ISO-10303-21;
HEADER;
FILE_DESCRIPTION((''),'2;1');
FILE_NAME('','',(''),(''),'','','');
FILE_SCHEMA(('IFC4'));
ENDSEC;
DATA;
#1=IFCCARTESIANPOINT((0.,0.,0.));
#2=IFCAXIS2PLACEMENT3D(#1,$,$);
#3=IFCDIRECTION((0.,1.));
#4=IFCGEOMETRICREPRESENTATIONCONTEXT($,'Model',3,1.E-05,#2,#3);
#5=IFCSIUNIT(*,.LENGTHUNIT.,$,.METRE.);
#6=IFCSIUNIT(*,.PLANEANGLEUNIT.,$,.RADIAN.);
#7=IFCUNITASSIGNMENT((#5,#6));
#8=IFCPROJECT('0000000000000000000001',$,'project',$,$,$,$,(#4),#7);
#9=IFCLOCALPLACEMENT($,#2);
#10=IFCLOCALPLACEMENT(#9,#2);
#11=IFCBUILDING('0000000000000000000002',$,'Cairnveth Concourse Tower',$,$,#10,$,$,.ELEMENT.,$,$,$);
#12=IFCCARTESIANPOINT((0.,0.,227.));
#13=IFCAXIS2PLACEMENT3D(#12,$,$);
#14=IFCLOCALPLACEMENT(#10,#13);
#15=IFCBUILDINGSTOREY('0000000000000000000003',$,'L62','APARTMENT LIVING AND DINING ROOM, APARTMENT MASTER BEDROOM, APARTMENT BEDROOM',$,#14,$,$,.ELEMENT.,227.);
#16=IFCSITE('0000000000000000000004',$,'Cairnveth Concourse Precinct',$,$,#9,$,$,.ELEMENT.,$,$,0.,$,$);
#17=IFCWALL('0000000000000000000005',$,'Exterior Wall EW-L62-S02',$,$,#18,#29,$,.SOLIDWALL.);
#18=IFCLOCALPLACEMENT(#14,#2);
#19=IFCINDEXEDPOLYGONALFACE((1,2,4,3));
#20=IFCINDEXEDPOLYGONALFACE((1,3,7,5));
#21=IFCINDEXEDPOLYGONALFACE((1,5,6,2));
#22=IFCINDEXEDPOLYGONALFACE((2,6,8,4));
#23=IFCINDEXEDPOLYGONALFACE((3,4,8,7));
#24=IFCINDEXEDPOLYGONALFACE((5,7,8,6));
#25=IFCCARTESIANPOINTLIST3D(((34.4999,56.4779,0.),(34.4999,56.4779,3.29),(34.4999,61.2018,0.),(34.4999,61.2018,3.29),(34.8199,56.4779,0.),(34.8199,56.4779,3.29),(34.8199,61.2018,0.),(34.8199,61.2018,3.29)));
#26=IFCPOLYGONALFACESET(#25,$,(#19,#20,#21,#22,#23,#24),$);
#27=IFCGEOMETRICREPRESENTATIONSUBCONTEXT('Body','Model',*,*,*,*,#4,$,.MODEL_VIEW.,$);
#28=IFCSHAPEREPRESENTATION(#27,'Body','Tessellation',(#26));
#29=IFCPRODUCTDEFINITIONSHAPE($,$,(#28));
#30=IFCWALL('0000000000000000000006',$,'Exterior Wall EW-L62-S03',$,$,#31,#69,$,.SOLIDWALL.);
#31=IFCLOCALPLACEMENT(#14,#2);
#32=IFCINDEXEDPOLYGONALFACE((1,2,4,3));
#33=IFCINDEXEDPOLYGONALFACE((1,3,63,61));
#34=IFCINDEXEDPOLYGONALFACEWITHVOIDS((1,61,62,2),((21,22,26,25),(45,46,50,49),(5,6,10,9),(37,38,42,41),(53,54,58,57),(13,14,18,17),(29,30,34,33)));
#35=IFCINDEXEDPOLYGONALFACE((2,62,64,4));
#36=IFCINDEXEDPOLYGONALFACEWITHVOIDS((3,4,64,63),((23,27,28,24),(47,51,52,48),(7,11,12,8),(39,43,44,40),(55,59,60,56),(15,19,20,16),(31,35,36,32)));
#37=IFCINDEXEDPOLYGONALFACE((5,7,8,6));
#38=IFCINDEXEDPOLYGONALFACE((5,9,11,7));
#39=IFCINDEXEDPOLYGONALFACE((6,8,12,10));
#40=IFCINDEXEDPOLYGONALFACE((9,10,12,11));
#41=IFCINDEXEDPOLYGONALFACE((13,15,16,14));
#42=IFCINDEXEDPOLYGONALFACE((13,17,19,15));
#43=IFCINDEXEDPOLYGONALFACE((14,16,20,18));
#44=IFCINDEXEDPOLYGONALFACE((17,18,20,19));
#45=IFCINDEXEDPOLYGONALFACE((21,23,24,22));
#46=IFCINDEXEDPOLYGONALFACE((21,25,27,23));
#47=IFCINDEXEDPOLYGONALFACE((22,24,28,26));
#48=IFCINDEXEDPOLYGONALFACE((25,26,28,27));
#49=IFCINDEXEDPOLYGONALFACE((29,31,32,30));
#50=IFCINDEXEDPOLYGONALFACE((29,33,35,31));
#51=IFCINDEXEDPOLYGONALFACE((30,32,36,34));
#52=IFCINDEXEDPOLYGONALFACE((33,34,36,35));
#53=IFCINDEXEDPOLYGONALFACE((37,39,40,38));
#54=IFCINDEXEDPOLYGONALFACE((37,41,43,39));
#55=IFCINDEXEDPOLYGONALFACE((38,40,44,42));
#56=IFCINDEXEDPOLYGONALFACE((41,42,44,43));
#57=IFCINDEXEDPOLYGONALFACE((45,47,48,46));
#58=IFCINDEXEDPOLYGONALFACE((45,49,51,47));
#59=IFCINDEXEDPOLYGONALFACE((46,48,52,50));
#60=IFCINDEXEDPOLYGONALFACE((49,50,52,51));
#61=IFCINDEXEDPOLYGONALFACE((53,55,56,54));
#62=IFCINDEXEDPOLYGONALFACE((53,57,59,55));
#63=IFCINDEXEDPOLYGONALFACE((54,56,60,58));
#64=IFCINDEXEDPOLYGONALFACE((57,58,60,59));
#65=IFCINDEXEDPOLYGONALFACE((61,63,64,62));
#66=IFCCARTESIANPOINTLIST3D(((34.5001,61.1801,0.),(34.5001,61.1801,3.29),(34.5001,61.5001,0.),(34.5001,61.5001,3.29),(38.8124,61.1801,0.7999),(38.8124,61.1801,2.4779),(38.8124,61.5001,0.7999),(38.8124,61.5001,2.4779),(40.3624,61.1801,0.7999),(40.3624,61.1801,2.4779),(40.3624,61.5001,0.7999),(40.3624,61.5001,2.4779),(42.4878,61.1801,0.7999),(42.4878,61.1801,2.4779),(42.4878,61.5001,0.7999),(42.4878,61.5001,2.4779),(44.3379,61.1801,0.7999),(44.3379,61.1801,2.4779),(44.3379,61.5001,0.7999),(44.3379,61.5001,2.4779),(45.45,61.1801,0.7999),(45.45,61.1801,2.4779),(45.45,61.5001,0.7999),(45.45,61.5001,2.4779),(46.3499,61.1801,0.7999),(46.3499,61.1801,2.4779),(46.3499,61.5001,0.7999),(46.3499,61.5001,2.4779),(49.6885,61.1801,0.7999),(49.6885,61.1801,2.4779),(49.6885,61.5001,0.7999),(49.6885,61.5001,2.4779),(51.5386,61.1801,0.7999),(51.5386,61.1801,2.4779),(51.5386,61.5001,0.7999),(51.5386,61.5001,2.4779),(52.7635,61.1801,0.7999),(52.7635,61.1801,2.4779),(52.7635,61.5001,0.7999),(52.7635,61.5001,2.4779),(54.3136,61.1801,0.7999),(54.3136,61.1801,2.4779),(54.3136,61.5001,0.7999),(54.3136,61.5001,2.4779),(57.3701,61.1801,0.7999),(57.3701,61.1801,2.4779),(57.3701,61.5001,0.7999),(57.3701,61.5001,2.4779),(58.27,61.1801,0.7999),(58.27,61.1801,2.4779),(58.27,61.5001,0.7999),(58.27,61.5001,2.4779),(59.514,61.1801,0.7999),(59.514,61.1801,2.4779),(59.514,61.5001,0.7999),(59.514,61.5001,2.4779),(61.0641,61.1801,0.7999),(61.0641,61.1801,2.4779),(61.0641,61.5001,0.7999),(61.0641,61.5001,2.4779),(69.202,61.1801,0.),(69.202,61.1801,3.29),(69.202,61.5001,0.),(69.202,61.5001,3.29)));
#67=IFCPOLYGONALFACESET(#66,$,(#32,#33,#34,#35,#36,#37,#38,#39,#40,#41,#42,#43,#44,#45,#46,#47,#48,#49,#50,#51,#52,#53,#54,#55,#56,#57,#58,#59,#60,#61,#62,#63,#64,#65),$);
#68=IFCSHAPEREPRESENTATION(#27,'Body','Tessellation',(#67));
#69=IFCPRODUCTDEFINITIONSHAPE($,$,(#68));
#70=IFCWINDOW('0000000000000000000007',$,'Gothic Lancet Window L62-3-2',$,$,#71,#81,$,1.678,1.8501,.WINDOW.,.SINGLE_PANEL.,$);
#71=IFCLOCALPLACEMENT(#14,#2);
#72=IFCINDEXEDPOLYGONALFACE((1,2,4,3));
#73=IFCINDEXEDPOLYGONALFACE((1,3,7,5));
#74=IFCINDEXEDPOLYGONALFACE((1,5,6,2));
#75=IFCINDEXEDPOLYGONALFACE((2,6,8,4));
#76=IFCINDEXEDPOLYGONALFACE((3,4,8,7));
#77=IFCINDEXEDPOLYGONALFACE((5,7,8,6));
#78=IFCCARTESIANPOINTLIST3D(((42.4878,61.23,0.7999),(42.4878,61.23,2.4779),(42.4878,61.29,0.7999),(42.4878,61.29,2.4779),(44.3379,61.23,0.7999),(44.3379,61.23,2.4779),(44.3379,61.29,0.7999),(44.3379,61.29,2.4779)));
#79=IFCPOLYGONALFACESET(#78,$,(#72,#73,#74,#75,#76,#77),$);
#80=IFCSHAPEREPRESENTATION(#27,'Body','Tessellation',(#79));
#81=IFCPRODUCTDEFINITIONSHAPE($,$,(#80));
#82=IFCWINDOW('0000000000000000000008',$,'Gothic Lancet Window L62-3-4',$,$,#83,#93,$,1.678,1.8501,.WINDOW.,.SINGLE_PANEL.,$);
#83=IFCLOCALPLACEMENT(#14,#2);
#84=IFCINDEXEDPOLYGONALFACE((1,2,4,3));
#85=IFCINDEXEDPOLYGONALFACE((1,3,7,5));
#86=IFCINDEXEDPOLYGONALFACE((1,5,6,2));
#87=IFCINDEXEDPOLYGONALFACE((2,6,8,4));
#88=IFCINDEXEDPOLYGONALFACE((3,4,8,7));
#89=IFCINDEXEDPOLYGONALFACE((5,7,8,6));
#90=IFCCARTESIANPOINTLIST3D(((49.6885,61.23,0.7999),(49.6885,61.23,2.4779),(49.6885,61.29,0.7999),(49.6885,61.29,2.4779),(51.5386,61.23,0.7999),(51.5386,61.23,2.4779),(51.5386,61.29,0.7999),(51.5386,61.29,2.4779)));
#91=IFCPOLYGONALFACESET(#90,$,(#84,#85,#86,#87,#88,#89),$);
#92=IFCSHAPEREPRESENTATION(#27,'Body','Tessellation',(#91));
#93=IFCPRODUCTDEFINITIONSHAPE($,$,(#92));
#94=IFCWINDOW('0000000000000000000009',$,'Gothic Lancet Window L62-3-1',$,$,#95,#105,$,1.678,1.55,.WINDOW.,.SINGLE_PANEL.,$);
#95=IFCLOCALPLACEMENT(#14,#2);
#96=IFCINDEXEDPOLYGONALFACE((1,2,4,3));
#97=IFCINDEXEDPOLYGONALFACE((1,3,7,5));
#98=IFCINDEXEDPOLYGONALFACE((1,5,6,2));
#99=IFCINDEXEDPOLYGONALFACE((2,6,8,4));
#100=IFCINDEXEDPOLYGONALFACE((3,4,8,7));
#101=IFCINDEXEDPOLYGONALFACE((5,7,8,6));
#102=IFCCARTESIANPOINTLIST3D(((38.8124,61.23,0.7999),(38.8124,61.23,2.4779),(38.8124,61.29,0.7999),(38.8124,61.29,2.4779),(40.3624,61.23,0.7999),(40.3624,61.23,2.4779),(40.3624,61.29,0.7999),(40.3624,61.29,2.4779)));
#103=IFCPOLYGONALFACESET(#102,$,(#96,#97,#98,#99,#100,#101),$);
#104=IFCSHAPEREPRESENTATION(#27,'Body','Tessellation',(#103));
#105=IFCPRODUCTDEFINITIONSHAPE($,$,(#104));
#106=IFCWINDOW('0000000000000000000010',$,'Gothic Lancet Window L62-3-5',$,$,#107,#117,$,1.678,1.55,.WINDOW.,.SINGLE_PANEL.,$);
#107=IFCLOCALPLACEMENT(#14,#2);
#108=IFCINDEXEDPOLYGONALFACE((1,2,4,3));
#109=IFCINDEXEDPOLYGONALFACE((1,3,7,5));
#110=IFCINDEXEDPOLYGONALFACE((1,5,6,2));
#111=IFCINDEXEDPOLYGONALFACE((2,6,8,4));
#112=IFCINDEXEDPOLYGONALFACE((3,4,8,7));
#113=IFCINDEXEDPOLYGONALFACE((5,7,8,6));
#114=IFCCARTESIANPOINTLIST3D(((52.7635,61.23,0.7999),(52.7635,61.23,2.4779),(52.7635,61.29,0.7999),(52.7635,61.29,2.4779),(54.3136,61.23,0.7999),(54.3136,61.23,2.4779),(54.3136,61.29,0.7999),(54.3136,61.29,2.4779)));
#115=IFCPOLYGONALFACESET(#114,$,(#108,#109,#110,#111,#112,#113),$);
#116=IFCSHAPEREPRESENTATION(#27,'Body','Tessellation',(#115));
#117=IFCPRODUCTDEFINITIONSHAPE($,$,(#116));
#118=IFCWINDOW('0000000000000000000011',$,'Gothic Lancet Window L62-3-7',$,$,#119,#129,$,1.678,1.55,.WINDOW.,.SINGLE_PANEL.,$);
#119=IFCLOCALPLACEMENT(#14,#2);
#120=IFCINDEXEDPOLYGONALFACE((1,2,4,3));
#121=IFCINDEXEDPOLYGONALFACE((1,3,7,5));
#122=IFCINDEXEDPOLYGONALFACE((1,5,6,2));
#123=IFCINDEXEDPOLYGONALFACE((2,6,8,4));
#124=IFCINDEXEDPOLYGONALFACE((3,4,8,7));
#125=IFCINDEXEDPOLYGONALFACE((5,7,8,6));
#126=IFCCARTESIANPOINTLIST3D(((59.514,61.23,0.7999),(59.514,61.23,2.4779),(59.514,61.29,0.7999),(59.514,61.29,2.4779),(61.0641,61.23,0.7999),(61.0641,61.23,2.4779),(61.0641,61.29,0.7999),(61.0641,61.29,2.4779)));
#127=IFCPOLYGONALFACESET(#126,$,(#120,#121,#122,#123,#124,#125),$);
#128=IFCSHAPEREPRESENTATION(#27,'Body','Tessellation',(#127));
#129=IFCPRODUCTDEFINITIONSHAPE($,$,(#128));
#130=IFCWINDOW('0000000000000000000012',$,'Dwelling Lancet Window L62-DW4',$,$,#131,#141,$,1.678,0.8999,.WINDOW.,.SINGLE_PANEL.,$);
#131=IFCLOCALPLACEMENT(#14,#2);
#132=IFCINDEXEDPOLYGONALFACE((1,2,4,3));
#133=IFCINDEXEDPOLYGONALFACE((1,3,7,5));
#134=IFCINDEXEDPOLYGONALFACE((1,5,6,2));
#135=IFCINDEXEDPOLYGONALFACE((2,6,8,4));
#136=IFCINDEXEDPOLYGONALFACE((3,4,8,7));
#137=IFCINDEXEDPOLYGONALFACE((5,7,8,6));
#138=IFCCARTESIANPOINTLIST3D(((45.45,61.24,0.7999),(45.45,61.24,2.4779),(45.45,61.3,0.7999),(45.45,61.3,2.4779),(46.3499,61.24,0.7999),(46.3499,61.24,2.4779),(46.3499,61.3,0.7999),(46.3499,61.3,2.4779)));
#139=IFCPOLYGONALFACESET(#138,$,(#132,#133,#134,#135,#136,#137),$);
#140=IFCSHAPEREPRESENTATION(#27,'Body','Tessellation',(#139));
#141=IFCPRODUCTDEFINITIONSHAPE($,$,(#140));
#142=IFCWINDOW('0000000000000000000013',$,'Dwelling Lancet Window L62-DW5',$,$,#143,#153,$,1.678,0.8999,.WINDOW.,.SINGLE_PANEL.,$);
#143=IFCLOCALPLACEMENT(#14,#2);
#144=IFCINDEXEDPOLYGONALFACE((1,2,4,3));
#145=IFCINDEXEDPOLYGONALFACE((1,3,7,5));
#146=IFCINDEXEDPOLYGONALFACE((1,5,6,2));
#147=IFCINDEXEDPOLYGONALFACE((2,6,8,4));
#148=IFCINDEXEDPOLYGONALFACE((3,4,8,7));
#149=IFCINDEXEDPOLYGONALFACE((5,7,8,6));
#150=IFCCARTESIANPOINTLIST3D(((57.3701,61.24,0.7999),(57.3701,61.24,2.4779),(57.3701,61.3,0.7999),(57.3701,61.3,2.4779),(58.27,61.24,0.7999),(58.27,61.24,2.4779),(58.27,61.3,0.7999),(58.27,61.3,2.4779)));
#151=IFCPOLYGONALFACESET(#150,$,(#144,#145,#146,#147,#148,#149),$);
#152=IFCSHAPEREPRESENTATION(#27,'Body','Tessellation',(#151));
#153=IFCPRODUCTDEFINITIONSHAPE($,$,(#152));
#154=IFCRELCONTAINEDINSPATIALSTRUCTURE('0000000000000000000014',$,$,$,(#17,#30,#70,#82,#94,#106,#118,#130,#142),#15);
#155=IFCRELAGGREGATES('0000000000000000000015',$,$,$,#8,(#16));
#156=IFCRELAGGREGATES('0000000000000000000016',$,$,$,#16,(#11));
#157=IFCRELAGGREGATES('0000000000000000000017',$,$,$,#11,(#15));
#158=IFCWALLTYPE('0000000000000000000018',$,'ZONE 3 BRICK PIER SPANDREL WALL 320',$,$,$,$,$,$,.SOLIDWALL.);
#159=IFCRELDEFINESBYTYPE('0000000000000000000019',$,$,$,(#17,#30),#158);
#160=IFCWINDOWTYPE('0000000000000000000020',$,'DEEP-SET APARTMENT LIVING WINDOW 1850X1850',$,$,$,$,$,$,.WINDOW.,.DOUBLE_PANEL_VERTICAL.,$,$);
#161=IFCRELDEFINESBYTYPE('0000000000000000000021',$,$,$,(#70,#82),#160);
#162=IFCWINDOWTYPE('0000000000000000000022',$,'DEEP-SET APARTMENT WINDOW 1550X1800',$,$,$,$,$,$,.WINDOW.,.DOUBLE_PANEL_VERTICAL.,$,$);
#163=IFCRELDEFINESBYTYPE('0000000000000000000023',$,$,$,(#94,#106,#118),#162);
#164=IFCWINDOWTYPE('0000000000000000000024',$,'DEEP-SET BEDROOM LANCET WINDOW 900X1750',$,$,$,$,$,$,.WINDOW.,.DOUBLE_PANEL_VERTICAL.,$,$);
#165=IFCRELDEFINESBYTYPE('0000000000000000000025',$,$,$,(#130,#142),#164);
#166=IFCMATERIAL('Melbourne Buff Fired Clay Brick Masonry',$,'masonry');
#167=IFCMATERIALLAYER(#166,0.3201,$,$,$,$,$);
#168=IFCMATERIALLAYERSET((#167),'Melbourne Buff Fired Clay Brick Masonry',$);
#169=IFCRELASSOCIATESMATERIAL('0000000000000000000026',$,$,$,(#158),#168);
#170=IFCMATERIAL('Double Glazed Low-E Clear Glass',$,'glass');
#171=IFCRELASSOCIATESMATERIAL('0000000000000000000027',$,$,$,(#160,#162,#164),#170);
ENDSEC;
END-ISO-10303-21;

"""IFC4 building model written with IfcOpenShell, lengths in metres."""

from ifc_helpers import new_model, si_unit, direction, frame, frame_2d, origin, place, context, subcontext, project, spatial, rectangle, extrude, material, layer, layer_set, type_object, element, fill, save


model = new_model("IFC4")

# Units and contexts
model_context = context("Model", 3, precision=1e-05, world=origin(), true_north=direction((0.0, 1.0)))
body_context = subcontext(model_context, "Body", "Model", "MODEL_VIEW")
ifc_project = project(units=[si_unit("LENGTHUNIT", "METRE"), si_unit("PLANEANGLEUNIT", "RADIAN")], contexts=[model_context])

# Site, building, storey
site_placement = place(None, origin())
site = spatial("IfcSite", under=ifc_project, at=site_placement, Name="Cairnveth Concourse Precinct", CompositionType="ELEMENT", RefElevation=0.0)
building_placement = place(site_placement, origin())
building = spatial("IfcBuilding", under=site, at=building_placement, Name="Cairnveth Concourse Tower", CompositionType="ELEMENT")
storey_placement = place(building_placement, frame((0.0, 0.0, 227.0)))
storey = spatial("IfcBuildingStorey", under=building, at=storey_placement, Name="L62", Description="APARTMENT LIVING AND DINING ROOM, APARTMENT MASTER BEDROOM, APARTMENT BEDROOM", CompositionType="ELEMENT", Elevation=227.0)

# Wall
ifc_material_1 = material(Name="Melbourne Buff Fired Clay Brick Masonry", Category="masonry")
ifc_layer_1 = layer(ifc_material_1, 0.3201)
ifc_layer_set_1 = layer_set([ifc_layer_1], Name="Melbourne Buff Fired Clay Brick Masonry")
wall_type_1 = type_object("IfcWallType", Name="ZONE 3 BRICK PIER SPANDREL WALL 320", PredefinedType="SOLIDWALL", material=ifc_layer_set_1)
wall_1_placement = place(storey_placement, frame((34.6599, 56.478, 0.0), z_axis=(0.0, 0.0, 1.0), x_axis=(0.0, 1.0, 0.0)))
element("IfcWall", 1, at=wall_1_placement, inside=storey, type_object=wall_type_1, Name="Exterior Wall EW-L62-S02", PredefinedType="SOLIDWALL", context=body_context, shape_type="SweptSolid", body=[
    extrude(rectangle(XDim=4.7239, YDim=0.3201, at=frame_2d((2.3618, 0.0))), origin(), (0.0, 0.0, 1.0), 3.29),
])

# Wall, openings, windows
wall_2_placement = place(storey_placement, frame((34.5, 61.3401, 0.0), z_axis=(0.0, 0.0, 1.0), x_axis=(1.0, 0.0, 0.0)))
wall_2 = element("IfcWall", 2, at=wall_2_placement, inside=storey, type_object=wall_type_1, Name="Exterior Wall EW-L62-S03", PredefinedType="SOLIDWALL", context=body_context, shape_type="SweptSolid", body=[
    extrude(rectangle(XDim=34.7019, YDim=0.3201, at=frame_2d((17.3511, 0.0))), origin(), (0.0, 0.0, 1.0), 3.29),
])
opening_1_placement = place(wall_2_placement, frame((4.3125, 0.0, 0.8)))
opening_1 = element("IfcOpeningElement", 3, at=opening_1_placement, cuts=wall_2, PredefinedType="OPENING", context=body_context, shape_type="SweptSolid", body=[
    extrude(rectangle(XDim=1.55, YDim=1.678, at=frame_2d((0.7749, 0.8389))), frame((0.0, 0.1699, 0.0), z_axis=(0.0, -1.0, 0.0), x_axis=(1.0, 0.0, 0.0)), (0.0, 0.0, 1.0), 0.3401),
])
opening_2_placement = place(wall_2_placement, frame((7.9878, 0.0, 0.8)))
opening_2 = element("IfcOpeningElement", 4, at=opening_2_placement, cuts=wall_2, PredefinedType="OPENING", context=body_context, shape_type="SweptSolid", body=[
    extrude(rectangle(XDim=1.8501, YDim=1.678, at=frame_2d((0.925, 0.8389))), frame((0.0, 0.1699, 0.0), z_axis=(0.0, -1.0, 0.0), x_axis=(1.0, 0.0, 0.0)), (0.0, 0.0, 1.0), 0.3401),
])
opening_3_placement = place(wall_2_placement, frame((15.1885, 0.0, 0.8)))
opening_3 = element("IfcOpeningElement", 5, at=opening_3_placement, cuts=wall_2, PredefinedType="OPENING", context=body_context, shape_type="SweptSolid", body=[
    extrude(rectangle(XDim=1.8501, YDim=1.678, at=frame_2d((0.925, 0.8389))), frame((0.0, 0.1699, 0.0), z_axis=(0.0, -1.0, 0.0), x_axis=(1.0, 0.0, 0.0)), (0.0, 0.0, 1.0), 0.3401),
])
opening_4_placement = place(wall_2_placement, frame((18.2637, 0.0, 0.8)))
opening_4 = element("IfcOpeningElement", 6, at=opening_4_placement, cuts=wall_2, PredefinedType="OPENING", context=body_context, shape_type="SweptSolid", body=[
    extrude(rectangle(XDim=1.55, YDim=1.678, at=frame_2d((0.7749, 0.8389))), frame((0.0, 0.1699, 0.0), z_axis=(0.0, -1.0, 0.0), x_axis=(1.0, 0.0, 0.0)), (0.0, 0.0, 1.0), 0.3401),
])
opening_5_placement = place(wall_2_placement, frame((25.0142, 0.0, 0.8)))
opening_5 = element("IfcOpeningElement", 7, at=opening_5_placement, cuts=wall_2, PredefinedType="OPENING", context=body_context, shape_type="SweptSolid", body=[
    extrude(rectangle(XDim=1.55, YDim=1.678, at=frame_2d((0.7749, 0.8389))), frame((0.0, 0.1699, 0.0), z_axis=(0.0, -1.0, 0.0), x_axis=(1.0, 0.0, 0.0)), (0.0, 0.0, 1.0), 0.3401),
])
opening_6_placement = place(wall_2_placement, frame((10.95, 0.0, 0.8)))
opening_6 = element("IfcOpeningElement", 8, at=opening_6_placement, cuts=wall_2, PredefinedType="OPENING", context=body_context, shape_type="SweptSolid", body=[
    extrude(rectangle(XDim=0.8999, YDim=1.678, at=frame_2d((0.45, 0.8389))), frame((0.0, 0.1699, 0.0), z_axis=(0.0, -1.0, 0.0), x_axis=(1.0, 0.0, 0.0)), (0.0, 0.0, 1.0), 0.3401),
])
opening_7_placement = place(wall_2_placement, frame((22.8701, 0.0, 0.8)))
opening_7 = element("IfcOpeningElement", 9, at=opening_7_placement, cuts=wall_2, PredefinedType="OPENING", context=body_context, shape_type="SweptSolid", body=[
    extrude(rectangle(XDim=0.8999, YDim=1.678, at=frame_2d((0.45, 0.8389))), frame((0.0, 0.1699, 0.0), z_axis=(0.0, -1.0, 0.0), x_axis=(1.0, 0.0, 0.0)), (0.0, 0.0, 1.0), 0.3401),
])
ifc_material_2 = material(Name="Double Glazed Low-E Clear Glass", Category="glass")
window_type_1 = type_object("IfcWindowType", Name="DEEP-SET APARTMENT LIVING WINDOW 1850X1850", PartitioningType="DOUBLE_PANEL_VERTICAL", PredefinedType="WINDOW", material=ifc_material_2)
window_1_placement = place(opening_2_placement, origin())
window_1 = element("IfcWindow", 10, at=window_1_placement, inside=storey, type_object=window_type_1, Name="Gothic Lancet Window L62-3-2", OverallHeight=1.678, OverallWidth=1.8501, PartitioningType="SINGLE_PANEL", PredefinedType="WINDOW", context=body_context, shape_type="SweptSolid", body=[
    extrude(rectangle(XDim=1.8501, YDim=1.678, at=frame_2d((0.925, 0.8389))), frame((0.0, -0.05, 0.0), z_axis=(0.0, -1.0, 0.0), x_axis=(1.0, 0.0, 0.0)), (0.0, 0.0, 1.0), 0.0601),
])
fill(opening_2, window_1)
window_2_placement = place(opening_3_placement, origin())
window_2 = element("IfcWindow", 11, at=window_2_placement, inside=storey, type_object=window_type_1, Name="Gothic Lancet Window L62-3-4", OverallHeight=1.678, OverallWidth=1.8501, PartitioningType="SINGLE_PANEL", PredefinedType="WINDOW", context=body_context, shape_type="SweptSolid", body=[
    extrude(rectangle(XDim=1.8501, YDim=1.678, at=frame_2d((0.925, 0.8389))), frame((0.0, -0.05, 0.0), z_axis=(0.0, -1.0, 0.0), x_axis=(1.0, 0.0, 0.0)), (0.0, 0.0, 1.0), 0.0601),
])
fill(opening_3, window_2)
window_type_2 = type_object("IfcWindowType", Name="DEEP-SET APARTMENT WINDOW 1550X1800", PartitioningType="DOUBLE_PANEL_VERTICAL", PredefinedType="WINDOW", material=ifc_material_2)
window_3_placement = place(opening_1_placement, origin())
window_3 = element("IfcWindow", 12, at=window_3_placement, inside=storey, type_object=window_type_2, Name="Gothic Lancet Window L62-3-1", OverallHeight=1.678, OverallWidth=1.55, PartitioningType="SINGLE_PANEL", PredefinedType="WINDOW", context=body_context, shape_type="SweptSolid", body=[
    extrude(rectangle(XDim=1.55, YDim=1.678, at=frame_2d((0.7749, 0.8389))), frame((0.0, -0.05, 0.0), z_axis=(0.0, -1.0, 0.0), x_axis=(1.0, 0.0, 0.0)), (0.0, 0.0, 1.0), 0.0601),
])
fill(opening_1, window_3)
window_4_placement = place(opening_4_placement, origin())
window_4 = element("IfcWindow", 13, at=window_4_placement, inside=storey, type_object=window_type_2, Name="Gothic Lancet Window L62-3-5", OverallHeight=1.678, OverallWidth=1.55, PartitioningType="SINGLE_PANEL", PredefinedType="WINDOW", context=body_context, shape_type="SweptSolid", body=[
    extrude(rectangle(XDim=1.55, YDim=1.678, at=frame_2d((0.7749, 0.8389))), frame((0.0, -0.05, 0.0), z_axis=(0.0, -1.0, 0.0), x_axis=(1.0, 0.0, 0.0)), (0.0, 0.0, 1.0), 0.0601),
])
fill(opening_4, window_4)
window_5_placement = place(opening_5_placement, origin())
window_5 = element("IfcWindow", 14, at=window_5_placement, inside=storey, type_object=window_type_2, Name="Gothic Lancet Window L62-3-7", OverallHeight=1.678, OverallWidth=1.55, PartitioningType="SINGLE_PANEL", PredefinedType="WINDOW", context=body_context, shape_type="SweptSolid", body=[
    extrude(rectangle(XDim=1.55, YDim=1.678, at=frame_2d((0.7749, 0.8389))), frame((0.0, -0.05, 0.0), z_axis=(0.0, -1.0, 0.0), x_axis=(1.0, 0.0, 0.0)), (0.0, 0.0, 1.0), 0.0601),
])
fill(opening_5, window_5)
window_type_3 = type_object("IfcWindowType", Name="DEEP-SET BEDROOM LANCET WINDOW 900X1750", PartitioningType="DOUBLE_PANEL_VERTICAL", PredefinedType="WINDOW", material=ifc_material_2)
window_6_placement = place(opening_6_placement, origin())
window_6 = element("IfcWindow", 15, at=window_6_placement, inside=storey, type_object=window_type_3, Name="Dwelling Lancet Window L62-DW4", OverallHeight=1.678, OverallWidth=0.8999, PartitioningType="SINGLE_PANEL", PredefinedType="WINDOW", context=body_context, shape_type="SweptSolid", body=[
    extrude(rectangle(XDim=0.8999, YDim=1.678, at=frame_2d((0.45, 0.8389))), frame((0.0, -0.04, 0.0), z_axis=(0.0, -1.0, 0.0), x_axis=(1.0, 0.0, 0.0)), (0.0, 0.0, 1.0), 0.0601),
])
fill(opening_6, window_6)
window_7_placement = place(opening_7_placement, origin())
window_7 = element("IfcWindow", 16, at=window_7_placement, inside=storey, type_object=window_type_3, Name="Dwelling Lancet Window L62-DW5", OverallHeight=1.678, OverallWidth=0.8999, PartitioningType="SINGLE_PANEL", PredefinedType="WINDOW", context=body_context, shape_type="SweptSolid", body=[
    extrude(rectangle(XDim=0.8999, YDim=1.678, at=frame_2d((0.45, 0.8389))), frame((0.0, -0.04, 0.0), z_axis=(0.0, -1.0, 0.0), x_axis=(1.0, 0.0, 0.0)), (0.0, 0.0, 1.0), 0.0601),
])
fill(opening_7, window_7)

save(model, "model.ifc")
